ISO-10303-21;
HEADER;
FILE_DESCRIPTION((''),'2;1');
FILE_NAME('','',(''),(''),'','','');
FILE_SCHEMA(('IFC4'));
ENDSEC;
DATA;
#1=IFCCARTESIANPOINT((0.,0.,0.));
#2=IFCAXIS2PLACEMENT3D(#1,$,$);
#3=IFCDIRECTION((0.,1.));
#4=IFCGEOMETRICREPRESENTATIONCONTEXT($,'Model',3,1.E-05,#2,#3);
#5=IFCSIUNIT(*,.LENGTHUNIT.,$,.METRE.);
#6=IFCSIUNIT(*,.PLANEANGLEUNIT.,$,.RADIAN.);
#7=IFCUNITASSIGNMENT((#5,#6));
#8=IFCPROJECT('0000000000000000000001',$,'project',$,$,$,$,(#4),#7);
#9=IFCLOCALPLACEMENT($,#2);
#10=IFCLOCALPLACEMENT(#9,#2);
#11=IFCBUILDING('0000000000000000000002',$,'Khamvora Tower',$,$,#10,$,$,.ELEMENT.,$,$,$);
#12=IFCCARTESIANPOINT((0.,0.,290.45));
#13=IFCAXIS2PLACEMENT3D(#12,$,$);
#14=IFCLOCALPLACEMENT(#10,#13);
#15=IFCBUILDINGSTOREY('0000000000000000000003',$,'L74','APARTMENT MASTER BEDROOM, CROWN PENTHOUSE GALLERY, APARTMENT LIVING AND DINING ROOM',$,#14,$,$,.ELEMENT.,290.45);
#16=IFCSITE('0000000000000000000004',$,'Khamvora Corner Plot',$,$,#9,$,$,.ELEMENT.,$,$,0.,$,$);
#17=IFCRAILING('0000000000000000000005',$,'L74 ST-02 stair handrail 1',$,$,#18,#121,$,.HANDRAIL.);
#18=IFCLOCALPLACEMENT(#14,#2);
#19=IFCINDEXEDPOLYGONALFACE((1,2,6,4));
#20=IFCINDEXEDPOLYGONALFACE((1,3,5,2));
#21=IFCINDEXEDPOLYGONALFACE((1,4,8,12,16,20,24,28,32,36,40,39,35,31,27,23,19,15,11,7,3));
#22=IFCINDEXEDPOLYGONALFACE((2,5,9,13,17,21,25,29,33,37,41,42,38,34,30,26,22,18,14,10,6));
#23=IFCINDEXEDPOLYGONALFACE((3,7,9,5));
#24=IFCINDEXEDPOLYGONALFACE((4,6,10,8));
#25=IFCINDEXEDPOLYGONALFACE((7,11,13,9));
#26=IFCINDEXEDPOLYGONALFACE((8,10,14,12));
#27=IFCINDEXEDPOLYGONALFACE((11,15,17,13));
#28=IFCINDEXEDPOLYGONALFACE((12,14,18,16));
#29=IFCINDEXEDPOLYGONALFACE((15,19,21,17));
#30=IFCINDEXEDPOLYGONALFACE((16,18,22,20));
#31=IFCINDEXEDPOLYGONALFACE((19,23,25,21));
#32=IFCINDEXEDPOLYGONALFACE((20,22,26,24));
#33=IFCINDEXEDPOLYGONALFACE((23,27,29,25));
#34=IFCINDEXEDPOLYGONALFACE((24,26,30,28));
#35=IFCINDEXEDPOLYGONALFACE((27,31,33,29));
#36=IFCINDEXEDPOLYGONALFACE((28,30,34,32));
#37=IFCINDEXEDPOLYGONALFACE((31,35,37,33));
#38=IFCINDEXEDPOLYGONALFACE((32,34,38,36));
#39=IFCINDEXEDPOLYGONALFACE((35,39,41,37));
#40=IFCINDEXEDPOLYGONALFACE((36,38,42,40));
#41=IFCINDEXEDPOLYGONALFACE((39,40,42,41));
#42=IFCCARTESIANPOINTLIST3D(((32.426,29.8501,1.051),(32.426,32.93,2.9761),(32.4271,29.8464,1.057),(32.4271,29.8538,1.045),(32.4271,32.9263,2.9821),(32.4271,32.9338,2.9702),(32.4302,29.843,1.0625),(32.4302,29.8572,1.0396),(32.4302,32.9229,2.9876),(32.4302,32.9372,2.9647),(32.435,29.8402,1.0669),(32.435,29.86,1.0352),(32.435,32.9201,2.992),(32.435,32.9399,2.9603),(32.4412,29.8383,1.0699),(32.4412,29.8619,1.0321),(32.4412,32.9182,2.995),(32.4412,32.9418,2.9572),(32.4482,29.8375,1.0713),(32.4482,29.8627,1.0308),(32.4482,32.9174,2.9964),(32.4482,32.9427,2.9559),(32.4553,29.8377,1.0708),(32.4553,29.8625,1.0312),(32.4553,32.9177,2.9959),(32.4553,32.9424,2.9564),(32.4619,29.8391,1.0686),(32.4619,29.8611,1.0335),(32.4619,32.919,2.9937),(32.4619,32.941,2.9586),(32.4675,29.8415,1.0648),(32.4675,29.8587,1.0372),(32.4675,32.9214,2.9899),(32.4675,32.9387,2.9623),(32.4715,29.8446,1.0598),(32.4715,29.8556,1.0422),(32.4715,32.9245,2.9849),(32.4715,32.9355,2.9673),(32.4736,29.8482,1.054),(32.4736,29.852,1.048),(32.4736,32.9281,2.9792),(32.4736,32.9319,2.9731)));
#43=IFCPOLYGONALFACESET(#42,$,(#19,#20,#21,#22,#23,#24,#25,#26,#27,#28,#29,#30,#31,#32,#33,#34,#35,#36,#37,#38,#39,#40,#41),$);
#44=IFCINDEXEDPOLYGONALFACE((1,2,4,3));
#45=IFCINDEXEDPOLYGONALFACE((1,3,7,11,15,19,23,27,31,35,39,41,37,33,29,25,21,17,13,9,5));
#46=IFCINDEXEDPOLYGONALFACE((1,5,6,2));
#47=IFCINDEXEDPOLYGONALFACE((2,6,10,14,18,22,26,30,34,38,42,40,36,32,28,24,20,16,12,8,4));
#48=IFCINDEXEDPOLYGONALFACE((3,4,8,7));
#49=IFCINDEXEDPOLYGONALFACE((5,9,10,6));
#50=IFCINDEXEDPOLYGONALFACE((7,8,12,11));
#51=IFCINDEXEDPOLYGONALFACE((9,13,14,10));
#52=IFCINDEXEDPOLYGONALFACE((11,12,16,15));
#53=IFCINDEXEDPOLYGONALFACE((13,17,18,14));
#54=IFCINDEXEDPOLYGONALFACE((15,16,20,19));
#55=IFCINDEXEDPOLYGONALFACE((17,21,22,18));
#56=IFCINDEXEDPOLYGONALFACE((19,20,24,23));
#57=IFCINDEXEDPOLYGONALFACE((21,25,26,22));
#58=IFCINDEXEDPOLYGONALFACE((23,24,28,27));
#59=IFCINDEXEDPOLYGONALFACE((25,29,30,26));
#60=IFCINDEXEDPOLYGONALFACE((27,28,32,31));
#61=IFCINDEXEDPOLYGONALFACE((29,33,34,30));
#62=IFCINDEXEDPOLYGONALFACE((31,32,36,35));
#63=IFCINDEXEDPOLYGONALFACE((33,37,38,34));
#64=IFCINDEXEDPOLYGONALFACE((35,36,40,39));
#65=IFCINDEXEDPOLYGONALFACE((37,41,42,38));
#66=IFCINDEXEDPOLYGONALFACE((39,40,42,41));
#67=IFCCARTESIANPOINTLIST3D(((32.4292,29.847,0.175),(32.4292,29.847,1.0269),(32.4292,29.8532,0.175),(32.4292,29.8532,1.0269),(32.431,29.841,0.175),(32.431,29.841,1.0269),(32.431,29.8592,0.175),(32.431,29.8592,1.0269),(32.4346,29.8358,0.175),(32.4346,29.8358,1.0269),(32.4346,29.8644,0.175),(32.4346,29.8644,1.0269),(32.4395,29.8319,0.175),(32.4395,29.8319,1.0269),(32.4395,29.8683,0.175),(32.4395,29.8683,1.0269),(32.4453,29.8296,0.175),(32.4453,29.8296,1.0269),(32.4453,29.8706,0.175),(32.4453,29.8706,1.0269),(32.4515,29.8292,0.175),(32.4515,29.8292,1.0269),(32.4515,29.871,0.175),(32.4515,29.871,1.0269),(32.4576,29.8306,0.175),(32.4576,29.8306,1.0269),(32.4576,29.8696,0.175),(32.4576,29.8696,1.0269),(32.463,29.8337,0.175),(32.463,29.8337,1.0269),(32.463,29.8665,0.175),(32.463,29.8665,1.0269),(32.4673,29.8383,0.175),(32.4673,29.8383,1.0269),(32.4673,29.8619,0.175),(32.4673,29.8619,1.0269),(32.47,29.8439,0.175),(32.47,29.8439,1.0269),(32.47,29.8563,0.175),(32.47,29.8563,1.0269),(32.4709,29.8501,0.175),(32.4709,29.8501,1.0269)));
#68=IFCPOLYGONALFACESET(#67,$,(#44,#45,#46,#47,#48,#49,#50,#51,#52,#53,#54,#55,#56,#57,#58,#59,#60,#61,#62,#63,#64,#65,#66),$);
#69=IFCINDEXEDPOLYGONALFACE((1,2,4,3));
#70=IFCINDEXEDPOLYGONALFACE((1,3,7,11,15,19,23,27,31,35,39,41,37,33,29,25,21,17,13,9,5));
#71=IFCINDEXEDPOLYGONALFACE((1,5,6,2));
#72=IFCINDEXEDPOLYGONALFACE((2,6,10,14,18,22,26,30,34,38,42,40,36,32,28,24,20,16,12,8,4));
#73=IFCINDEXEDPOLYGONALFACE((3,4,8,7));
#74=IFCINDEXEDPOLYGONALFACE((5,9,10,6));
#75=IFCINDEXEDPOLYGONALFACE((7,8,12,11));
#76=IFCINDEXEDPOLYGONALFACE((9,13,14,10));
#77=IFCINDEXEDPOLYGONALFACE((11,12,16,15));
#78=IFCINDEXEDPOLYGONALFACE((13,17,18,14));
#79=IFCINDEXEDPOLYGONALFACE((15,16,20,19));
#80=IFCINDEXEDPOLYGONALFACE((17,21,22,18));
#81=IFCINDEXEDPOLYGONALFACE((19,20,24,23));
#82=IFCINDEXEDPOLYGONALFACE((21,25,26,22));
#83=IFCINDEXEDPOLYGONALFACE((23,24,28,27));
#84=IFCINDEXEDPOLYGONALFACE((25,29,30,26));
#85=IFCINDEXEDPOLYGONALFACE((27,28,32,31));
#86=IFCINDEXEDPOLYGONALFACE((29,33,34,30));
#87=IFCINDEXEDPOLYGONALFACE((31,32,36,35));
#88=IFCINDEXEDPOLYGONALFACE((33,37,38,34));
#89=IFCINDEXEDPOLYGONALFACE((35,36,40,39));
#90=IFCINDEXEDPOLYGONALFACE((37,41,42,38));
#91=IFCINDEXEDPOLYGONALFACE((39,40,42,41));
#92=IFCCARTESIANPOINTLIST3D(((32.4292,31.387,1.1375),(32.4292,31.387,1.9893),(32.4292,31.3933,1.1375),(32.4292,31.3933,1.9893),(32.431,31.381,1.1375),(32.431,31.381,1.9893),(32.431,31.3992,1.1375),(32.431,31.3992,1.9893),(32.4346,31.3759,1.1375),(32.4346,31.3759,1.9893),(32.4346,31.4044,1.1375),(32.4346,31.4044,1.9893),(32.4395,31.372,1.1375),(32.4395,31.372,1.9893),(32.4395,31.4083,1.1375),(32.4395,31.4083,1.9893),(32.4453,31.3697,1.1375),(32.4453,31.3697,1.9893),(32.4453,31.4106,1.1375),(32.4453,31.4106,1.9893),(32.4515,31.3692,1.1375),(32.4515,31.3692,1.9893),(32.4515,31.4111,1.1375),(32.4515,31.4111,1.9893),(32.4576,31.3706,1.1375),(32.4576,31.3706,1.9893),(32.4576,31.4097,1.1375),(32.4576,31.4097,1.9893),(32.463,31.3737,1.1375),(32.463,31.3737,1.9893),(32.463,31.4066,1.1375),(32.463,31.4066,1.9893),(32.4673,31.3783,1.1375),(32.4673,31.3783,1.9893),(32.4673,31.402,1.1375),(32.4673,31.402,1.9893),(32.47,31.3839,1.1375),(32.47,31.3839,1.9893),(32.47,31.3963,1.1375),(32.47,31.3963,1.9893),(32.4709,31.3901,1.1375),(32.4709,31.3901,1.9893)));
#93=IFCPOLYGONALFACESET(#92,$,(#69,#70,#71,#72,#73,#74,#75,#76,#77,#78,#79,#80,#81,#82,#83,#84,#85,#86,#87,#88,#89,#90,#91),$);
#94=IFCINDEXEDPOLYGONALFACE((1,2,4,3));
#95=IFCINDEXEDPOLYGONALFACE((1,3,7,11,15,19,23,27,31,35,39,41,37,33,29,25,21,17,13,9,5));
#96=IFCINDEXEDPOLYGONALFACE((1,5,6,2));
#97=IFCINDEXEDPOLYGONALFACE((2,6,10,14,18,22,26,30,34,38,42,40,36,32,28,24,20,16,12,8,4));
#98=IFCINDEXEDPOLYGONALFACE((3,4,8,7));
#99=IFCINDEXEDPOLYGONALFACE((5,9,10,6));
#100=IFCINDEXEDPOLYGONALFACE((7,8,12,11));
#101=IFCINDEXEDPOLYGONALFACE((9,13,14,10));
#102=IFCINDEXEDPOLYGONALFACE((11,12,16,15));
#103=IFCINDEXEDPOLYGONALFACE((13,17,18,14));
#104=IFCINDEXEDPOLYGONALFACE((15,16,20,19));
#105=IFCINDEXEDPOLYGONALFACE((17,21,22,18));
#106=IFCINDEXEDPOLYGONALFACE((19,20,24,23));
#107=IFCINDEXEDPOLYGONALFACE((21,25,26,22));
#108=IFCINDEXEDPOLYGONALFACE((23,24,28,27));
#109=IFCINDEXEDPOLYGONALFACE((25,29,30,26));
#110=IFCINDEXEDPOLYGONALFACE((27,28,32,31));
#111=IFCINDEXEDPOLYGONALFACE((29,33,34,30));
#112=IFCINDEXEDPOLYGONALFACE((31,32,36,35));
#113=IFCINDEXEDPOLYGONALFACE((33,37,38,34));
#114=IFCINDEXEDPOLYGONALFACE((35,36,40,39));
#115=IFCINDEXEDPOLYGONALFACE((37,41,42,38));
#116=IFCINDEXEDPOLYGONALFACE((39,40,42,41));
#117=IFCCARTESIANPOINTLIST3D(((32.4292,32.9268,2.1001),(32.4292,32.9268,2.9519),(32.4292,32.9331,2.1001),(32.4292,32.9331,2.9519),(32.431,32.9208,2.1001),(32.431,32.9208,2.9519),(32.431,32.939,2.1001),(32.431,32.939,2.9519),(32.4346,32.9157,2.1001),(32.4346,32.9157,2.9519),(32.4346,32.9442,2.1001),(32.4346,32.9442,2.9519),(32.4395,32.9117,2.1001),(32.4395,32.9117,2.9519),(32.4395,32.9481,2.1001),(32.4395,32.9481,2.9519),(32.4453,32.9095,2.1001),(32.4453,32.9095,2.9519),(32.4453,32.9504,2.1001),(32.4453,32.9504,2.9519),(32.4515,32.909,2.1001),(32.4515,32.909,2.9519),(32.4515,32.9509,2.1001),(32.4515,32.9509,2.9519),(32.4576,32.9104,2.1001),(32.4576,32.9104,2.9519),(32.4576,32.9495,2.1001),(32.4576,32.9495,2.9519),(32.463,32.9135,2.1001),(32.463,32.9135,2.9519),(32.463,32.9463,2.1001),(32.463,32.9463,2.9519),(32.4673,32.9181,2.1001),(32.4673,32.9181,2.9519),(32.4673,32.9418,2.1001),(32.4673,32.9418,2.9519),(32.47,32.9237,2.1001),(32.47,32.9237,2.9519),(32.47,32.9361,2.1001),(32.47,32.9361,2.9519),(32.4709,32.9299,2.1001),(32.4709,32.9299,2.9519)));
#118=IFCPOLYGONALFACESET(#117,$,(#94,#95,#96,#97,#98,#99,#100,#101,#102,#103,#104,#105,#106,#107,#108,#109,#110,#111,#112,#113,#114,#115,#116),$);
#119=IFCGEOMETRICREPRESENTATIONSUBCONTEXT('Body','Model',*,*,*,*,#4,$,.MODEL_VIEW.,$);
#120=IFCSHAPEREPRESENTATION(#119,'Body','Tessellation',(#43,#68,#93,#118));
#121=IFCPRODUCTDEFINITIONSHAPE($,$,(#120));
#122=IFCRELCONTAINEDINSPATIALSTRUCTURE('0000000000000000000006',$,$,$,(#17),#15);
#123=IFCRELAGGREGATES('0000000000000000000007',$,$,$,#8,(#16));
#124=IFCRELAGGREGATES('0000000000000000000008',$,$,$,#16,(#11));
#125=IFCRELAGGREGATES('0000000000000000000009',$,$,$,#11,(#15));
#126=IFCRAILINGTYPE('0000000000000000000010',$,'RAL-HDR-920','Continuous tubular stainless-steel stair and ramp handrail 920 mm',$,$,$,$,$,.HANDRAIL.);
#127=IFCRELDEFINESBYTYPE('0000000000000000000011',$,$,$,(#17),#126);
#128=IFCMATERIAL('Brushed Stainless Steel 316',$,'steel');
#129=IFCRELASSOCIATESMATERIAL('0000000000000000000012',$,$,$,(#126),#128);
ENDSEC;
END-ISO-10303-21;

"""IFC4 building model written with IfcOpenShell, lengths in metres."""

from ifc_helpers import new_model, si_unit, direction, frame, origin, origin_2d, place, context, subcontext, project, spatial, circle, extrude, material, type_object, element, save


model = new_model("IFC4")

# Units and contexts
model_context = context("Model", 3, precision=1e-05, world=origin(), true_north=direction((0.0, 1.0)))
body_context = subcontext(model_context, "Body", "Model", "MODEL_VIEW")
ifc_project = project(units=[si_unit("LENGTHUNIT", "METRE"), si_unit("PLANEANGLEUNIT", "RADIAN")], contexts=[model_context])

# Site, building, storey
site_placement = place(None, origin())
site = spatial("IfcSite", under=ifc_project, at=site_placement, Name="Khamvora Corner Plot", CompositionType="ELEMENT", RefElevation=0.0)
building_placement = place(site_placement, origin())
building = spatial("IfcBuilding", under=site, at=building_placement, Name="Khamvora Tower", CompositionType="ELEMENT")
storey_placement = place(building_placement, frame((0.0, 0.0, 290.45)))
storey = spatial("IfcBuildingStorey", under=building, at=storey_placement, Name="L74", Description="APARTMENT MASTER BEDROOM, CROWN PENTHOUSE GALLERY, APARTMENT LIVING AND DINING ROOM", CompositionType="ELEMENT", Elevation=290.45)

# Railing
ifc_material_1 = material(Name="Brushed Stainless Steel 316", Category="steel")
railing_type_1 = type_object("IfcRailingType", Name="RAL-HDR-920", Description="Continuous tubular stainless-steel stair and ramp handrail 920 mm", PredefinedType="HANDRAIL", material=ifc_material_1)
railing_1_placement = place(storey_placement, frame((32.45, 29.8501, 0.175)))
element("IfcRailing", 1, at=railing_1_placement, inside=storey, type_object=railing_type_1, Name="L74 ST-02 stair handrail 1", PredefinedType="HANDRAIL", context=body_context, shape_type="SweptSolid", body=[
    extrude(circle(Radius=0.0239, at=origin_2d()), frame((0.0, 0.0, 0.876), z_axis=(0.0, 0.847979, 0.530029), x_axis=(-1.0, 0.0, 0.0)), (0.0, 0.0, 1.0), 3.6321),
    extrude(circle(Radius=0.021, at=origin_2d()), origin(), (0.0, 0.0, 1.0), 0.8518),
    extrude(circle(Radius=0.021, at=origin_2d()), frame((0.0, 1.54, 0.9624)), (0.0, 0.0, 1.0), 0.8518),
    extrude(circle(Radius=0.021, at=origin_2d()), frame((0.0, 3.0798, 1.925)), (0.0, 0.0, 1.0), 0.8518),
])

save(model, "model.ifc")
